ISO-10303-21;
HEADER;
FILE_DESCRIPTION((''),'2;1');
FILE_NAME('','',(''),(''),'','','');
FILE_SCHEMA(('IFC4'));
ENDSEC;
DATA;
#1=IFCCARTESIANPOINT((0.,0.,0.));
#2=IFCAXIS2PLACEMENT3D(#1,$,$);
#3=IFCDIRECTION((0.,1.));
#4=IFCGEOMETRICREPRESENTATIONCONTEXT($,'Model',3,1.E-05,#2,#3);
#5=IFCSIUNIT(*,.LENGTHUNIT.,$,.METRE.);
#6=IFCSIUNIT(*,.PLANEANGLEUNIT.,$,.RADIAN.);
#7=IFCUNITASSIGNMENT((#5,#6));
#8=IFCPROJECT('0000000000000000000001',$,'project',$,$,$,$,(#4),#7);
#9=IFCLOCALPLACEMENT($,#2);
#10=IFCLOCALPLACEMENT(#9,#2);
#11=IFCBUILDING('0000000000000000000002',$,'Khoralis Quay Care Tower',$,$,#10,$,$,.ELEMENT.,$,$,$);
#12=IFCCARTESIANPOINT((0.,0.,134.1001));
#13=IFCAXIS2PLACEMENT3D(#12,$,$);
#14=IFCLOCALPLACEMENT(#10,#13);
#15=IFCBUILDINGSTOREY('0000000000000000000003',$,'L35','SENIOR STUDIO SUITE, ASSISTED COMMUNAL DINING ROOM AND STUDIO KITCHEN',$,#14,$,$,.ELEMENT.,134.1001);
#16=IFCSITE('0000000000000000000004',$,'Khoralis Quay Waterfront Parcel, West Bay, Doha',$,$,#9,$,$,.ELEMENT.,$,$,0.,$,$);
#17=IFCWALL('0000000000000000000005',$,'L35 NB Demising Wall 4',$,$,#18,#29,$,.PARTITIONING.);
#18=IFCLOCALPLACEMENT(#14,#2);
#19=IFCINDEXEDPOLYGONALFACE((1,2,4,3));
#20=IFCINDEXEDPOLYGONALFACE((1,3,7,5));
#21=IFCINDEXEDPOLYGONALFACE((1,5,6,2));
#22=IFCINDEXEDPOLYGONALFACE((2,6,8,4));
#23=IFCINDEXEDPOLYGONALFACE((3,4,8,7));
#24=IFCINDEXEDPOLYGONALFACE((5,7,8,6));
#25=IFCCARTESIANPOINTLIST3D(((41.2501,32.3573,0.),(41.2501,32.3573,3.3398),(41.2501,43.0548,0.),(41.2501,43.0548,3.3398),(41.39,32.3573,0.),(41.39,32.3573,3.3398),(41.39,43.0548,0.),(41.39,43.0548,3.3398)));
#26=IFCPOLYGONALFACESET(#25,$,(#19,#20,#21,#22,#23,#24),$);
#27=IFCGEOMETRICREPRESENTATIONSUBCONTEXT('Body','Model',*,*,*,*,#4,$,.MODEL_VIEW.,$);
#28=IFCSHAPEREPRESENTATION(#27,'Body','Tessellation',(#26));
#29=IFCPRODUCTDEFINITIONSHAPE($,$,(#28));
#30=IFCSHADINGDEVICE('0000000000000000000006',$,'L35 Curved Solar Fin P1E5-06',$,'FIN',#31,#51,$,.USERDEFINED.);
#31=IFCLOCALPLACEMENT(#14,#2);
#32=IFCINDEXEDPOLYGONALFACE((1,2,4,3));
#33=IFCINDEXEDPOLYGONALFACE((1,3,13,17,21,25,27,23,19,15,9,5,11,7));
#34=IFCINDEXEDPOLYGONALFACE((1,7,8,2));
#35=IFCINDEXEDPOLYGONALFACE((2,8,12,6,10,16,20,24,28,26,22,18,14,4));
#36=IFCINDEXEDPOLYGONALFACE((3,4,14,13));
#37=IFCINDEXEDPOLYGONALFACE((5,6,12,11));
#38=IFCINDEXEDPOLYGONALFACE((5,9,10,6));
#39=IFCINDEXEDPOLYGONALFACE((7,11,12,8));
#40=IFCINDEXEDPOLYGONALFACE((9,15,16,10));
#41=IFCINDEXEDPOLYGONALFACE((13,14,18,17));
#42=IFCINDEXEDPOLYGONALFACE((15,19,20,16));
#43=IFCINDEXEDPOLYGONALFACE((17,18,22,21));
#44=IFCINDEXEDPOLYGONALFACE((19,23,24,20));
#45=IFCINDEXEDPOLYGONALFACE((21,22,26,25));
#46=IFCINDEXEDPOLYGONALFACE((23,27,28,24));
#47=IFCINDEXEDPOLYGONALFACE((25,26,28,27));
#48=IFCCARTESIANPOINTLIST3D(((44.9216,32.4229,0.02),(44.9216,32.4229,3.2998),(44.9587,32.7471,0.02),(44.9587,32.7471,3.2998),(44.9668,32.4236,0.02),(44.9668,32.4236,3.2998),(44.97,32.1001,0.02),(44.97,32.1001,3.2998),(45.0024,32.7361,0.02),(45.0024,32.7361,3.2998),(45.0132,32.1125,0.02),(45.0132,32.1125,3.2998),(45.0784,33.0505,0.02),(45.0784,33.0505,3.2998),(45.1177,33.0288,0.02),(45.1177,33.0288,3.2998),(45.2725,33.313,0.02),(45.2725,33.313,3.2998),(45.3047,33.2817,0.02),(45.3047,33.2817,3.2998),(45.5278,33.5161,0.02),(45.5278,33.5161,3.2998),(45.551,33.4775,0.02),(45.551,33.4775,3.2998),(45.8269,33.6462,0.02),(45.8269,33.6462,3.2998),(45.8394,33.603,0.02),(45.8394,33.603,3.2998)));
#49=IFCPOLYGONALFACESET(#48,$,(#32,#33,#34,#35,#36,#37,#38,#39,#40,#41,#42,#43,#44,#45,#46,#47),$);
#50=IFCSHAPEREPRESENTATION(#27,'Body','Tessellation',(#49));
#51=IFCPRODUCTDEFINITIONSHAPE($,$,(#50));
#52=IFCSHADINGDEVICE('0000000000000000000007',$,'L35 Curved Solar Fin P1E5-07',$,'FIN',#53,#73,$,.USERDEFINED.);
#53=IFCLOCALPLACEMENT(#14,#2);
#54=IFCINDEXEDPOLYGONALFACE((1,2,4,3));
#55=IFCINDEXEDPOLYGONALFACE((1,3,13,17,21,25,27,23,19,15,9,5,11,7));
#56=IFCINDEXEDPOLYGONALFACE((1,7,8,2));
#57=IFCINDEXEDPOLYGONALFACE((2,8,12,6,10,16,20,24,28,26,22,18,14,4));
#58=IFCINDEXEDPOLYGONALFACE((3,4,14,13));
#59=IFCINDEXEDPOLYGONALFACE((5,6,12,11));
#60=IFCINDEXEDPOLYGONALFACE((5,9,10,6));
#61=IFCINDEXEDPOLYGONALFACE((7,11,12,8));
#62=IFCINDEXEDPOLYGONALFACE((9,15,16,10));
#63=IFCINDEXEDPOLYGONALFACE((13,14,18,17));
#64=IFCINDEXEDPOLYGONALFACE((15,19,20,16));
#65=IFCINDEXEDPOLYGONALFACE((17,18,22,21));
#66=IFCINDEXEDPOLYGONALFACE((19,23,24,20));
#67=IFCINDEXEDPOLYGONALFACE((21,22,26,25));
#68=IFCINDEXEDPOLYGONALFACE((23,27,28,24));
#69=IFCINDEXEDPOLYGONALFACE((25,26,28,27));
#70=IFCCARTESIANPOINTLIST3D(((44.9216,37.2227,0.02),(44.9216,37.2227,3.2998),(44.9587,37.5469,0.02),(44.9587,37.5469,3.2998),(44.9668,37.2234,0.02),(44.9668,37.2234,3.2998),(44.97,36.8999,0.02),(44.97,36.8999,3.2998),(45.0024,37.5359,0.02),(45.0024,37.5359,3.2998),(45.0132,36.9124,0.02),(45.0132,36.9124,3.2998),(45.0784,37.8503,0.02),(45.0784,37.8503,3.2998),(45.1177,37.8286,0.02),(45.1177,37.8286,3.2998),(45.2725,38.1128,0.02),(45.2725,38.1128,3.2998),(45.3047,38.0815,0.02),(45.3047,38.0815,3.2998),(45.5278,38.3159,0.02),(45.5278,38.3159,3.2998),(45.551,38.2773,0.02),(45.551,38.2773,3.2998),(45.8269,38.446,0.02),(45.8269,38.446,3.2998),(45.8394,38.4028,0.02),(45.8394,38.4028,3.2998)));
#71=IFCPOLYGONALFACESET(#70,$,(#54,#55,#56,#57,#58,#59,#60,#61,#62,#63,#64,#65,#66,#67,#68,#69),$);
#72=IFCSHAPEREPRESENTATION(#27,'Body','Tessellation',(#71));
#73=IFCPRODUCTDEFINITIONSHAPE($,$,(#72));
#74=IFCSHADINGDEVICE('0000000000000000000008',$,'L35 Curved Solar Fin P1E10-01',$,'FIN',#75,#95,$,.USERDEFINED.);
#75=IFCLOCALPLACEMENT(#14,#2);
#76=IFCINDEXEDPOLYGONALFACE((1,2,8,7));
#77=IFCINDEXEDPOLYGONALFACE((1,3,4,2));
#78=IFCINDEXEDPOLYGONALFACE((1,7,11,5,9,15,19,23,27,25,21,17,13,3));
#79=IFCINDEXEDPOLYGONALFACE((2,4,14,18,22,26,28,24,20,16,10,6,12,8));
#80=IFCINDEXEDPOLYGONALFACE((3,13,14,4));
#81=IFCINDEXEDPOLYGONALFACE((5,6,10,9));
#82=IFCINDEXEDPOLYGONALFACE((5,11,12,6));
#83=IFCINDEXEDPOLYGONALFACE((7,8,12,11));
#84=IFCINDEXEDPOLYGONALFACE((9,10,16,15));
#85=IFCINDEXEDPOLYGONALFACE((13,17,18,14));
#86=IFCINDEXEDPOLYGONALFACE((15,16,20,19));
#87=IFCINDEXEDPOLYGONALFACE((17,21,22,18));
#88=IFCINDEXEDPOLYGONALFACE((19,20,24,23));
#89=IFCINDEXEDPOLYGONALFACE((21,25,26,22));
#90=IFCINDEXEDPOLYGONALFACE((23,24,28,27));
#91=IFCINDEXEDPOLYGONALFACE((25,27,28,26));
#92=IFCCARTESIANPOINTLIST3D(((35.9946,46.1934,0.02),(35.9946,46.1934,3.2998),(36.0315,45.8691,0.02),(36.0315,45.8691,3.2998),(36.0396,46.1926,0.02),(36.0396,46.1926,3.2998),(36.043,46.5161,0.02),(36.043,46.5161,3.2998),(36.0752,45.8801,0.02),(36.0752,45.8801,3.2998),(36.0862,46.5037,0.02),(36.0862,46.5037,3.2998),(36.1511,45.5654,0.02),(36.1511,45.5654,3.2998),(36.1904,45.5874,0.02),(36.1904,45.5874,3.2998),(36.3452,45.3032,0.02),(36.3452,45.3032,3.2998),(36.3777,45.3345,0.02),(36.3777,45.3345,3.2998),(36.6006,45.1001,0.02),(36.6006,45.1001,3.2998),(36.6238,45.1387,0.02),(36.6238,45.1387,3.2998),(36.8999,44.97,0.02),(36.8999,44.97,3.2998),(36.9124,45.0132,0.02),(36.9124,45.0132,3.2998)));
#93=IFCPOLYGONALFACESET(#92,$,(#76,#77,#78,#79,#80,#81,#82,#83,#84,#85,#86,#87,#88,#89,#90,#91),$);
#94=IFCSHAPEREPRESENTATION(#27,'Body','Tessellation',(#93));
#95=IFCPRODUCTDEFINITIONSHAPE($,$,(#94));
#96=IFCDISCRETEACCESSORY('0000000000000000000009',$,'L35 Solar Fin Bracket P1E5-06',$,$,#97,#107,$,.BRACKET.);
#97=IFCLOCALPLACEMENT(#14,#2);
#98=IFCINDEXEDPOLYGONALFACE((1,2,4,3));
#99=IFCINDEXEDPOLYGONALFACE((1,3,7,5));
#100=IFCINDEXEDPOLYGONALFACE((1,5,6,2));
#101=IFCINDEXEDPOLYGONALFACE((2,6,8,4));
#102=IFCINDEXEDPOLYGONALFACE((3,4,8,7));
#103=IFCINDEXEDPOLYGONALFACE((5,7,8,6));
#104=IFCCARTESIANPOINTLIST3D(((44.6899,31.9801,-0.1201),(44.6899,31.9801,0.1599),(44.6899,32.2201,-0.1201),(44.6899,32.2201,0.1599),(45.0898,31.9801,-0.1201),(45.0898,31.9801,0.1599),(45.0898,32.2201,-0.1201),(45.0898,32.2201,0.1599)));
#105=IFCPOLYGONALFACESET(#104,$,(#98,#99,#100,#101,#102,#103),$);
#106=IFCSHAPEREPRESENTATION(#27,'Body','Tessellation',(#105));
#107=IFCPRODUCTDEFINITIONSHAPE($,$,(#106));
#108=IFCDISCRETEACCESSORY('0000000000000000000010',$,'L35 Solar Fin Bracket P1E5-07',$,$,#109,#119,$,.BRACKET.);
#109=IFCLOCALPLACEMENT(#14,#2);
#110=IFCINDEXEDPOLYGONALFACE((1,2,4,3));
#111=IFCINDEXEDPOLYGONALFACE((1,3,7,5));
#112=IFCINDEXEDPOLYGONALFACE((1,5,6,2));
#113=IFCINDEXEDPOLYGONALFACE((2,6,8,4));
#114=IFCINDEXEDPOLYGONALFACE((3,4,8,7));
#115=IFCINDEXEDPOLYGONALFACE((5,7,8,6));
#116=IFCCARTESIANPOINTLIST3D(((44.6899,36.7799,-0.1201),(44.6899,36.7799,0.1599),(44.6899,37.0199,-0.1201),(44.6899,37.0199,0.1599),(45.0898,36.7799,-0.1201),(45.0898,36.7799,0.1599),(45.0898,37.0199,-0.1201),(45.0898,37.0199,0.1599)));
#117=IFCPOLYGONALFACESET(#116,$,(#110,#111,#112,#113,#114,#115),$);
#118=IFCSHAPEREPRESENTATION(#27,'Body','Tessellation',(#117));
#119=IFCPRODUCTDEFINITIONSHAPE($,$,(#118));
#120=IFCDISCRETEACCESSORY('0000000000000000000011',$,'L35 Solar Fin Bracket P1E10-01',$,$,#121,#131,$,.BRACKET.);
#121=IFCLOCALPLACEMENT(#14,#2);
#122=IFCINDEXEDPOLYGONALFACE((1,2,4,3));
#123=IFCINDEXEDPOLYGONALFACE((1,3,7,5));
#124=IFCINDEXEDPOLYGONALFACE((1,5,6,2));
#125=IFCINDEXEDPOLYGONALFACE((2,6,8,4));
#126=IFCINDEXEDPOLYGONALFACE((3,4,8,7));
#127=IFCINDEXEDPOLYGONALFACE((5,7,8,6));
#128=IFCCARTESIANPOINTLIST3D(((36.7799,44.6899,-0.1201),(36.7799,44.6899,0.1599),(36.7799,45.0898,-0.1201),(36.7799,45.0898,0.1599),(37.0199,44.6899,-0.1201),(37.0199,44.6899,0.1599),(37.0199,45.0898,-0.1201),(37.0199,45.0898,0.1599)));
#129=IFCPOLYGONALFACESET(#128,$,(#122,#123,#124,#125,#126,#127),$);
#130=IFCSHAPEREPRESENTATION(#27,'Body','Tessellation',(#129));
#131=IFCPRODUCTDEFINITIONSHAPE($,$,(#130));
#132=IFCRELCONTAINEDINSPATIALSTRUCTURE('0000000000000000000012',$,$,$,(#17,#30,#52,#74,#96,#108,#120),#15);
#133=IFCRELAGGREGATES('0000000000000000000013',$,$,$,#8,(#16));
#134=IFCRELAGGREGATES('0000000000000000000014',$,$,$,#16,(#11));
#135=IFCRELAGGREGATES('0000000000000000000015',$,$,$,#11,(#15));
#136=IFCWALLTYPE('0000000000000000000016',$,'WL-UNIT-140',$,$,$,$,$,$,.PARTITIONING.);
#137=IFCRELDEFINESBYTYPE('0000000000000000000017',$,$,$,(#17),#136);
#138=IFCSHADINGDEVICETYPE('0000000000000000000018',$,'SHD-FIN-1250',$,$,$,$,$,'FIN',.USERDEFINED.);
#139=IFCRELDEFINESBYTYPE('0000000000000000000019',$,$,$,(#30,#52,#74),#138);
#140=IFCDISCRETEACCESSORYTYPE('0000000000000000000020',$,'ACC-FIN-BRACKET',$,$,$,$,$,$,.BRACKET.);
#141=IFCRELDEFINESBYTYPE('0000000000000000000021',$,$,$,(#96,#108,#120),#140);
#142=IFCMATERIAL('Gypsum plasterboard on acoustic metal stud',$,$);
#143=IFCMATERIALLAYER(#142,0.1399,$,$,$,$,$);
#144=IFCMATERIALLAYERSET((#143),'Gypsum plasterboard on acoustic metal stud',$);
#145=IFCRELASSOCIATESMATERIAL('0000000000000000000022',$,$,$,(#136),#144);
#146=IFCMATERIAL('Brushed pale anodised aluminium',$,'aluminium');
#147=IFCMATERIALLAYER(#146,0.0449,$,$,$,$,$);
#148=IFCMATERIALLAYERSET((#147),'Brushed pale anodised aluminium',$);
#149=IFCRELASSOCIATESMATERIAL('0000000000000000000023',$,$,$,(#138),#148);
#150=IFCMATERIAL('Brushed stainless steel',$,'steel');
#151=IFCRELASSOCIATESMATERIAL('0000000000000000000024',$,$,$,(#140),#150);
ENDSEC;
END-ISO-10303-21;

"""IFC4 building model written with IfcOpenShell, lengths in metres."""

from ifc_helpers import new_model, si_unit, direction, frame, frame_2d, origin, origin_2d, place, context, subcontext, project, spatial, polyline, rectangle, outline, extrude, source, transform, mapped, material, layer, layer_set, type_object, element, save


model = new_model("IFC4")

# Units and contexts
model_context = context("Model", 3, precision=1e-05, world=origin(), true_north=direction((0.0, 1.0)))
body_context = subcontext(model_context, "Body", "Model", "MODEL_VIEW")
ifc_project = project(units=[si_unit("LENGTHUNIT", "METRE"), si_unit("PLANEANGLEUNIT", "RADIAN")], contexts=[model_context])

# Site, building, storey
site_placement = place(None, origin())
site = spatial("IfcSite", under=ifc_project, at=site_placement, Name="Khoralis Quay Waterfront Parcel, West Bay, Doha", CompositionType="ELEMENT", RefElevation=0.0)
building_placement = place(site_placement, origin())
building = spatial("IfcBuilding", under=site, at=building_placement, Name="Khoralis Quay Care Tower", CompositionType="ELEMENT")
storey_placement = place(building_placement, frame((0.0, 0.0, 134.1001)))
storey = spatial("IfcBuildingStorey", under=building, at=storey_placement, Name="L35", Description="SENIOR STUDIO SUITE, ASSISTED COMMUNAL DINING ROOM AND STUDIO KITCHEN", CompositionType="ELEMENT", Elevation=134.1001)

# Wall
ifc_material_1 = material(Name="Gypsum plasterboard on acoustic metal stud")
ifc_layer_1 = layer(ifc_material_1, 0.1399)
ifc_layer_set_1 = layer_set([ifc_layer_1], Name="Gypsum plasterboard on acoustic metal stud")
wall_type_1 = type_object("IfcWallType", Name="WL-UNIT-140", PredefinedType="PARTITIONING", material=ifc_layer_set_1)
wall_1_placement = place(storey_placement, frame((41.3201, 32.3574, 0.0), z_axis=(0.0, 0.0, 1.0), x_axis=(0.0, 1.0, 0.0)))
element("IfcWall", 1, at=wall_1_placement, inside=storey, type_object=wall_type_1, Name="L35 NB Demising Wall 4", PredefinedType="PARTITIONING", context=body_context, shape_type="SweptSolid", body=[
    extrude(rectangle(XDim=10.6975, YDim=0.1399, at=frame_2d((5.3486, 0.0))), origin(), (0.0, 0.0, 1.0), 3.3398),
])

# Shading devices
ifc_material_2 = material(Name="Brushed pale anodised aluminium", Category="aluminium")
ifc_layer_2 = layer(ifc_material_2, 0.0449)
ifc_layer_set_2 = layer_set([ifc_layer_2], Name="Brushed pale anodised aluminium")
shading_device_type = type_object("IfcShadingDeviceType", Name="SHD-FIN-1250", ElementType="FIN", PredefinedType="USERDEFINED", material=ifc_layer_set_2)
shared_shape_1 = source(origin(), body_context, "Body", "SweptSolid", [
    extrude(outline(polyline([(0.0, 0.0), (-0.0483, 0.3228), (-0.0112, 0.647), (0.1084, 0.9504), (0.3025, 1.2129), (0.5579, 1.416), (0.8569, 1.5461), (0.8694, 1.5029), (0.5811, 1.3774), (0.3347, 1.1816), (0.1477, 0.9287), (0.0325, 0.636), (-0.0032, 0.3235), (0.0432, 0.0125), (0.0, 0.0)])), origin(), (0.0, 0.0, 1.0), 3.2798),
])
for number, where, z_axis, x_axis, name in (
    (2, (44.97, 32.1001, 0.02), (0.0, 0.0, 1.0), (1.0, 0.0, 0.0), "L35 Curved Solar Fin P1E5-06"),
    (3, (44.97, 36.8999, 0.02), (0.0, 0.0, 1.0), (1.0, 0.0, 0.0), "L35 Curved Solar Fin P1E5-07"),
):
    element("IfcShadingDevice", number, at=place(storey_placement, frame(where, z_axis=z_axis, x_axis=x_axis)), inside=storey, type_object=shading_device_type, Name=name, ObjectType="FIN", PredefinedType="USERDEFINED", context=body_context, shape_type="MappedRepresentation", body=[
        mapped(shared_shape_1, transform((0.0, 0.0, 0.0), scale=1.0)),
    ])
shared_shape_2 = source(origin(), body_context, "Body", "SweptSolid", [
    extrude(outline(polyline([(0.0, 0.0), (0.1301, 0.2993), (0.3333, 0.5547), (0.5955, 0.7488), (0.8992, 0.8684), (1.2234, 0.9053), (1.5461, 0.8569), (1.5337, 0.8137), (1.2227, 0.8604), (0.9102, 0.8247), (0.6174, 0.7095), (0.3645, 0.5222), (0.1687, 0.2761), (0.0432, -0.0125), (0.0, 0.0)])), origin(), (0.0, 0.0, 1.0), 3.2798),
])
shading_device_placement = place(storey_placement, frame((36.8999, 44.97, 0.02), z_axis=(0.0, 0.0, 1.0), x_axis=(0.0, 1.0, 0.0)))
element("IfcShadingDevice", 4, at=shading_device_placement, inside=storey, type_object=shading_device_type, Name="L35 Curved Solar Fin P1E10-01", ObjectType="FIN", PredefinedType="USERDEFINED", context=body_context, shape_type="MappedRepresentation", body=[
    mapped(shared_shape_2, transform((0.0, 0.0, 0.0), scale=1.0)),
])

# Discrete accessories
ifc_material_3 = material(Name="Brushed stainless steel", Category="steel")
discrete_accessory_type = type_object("IfcDiscreteAccessoryType", Name="ACC-FIN-BRACKET", PredefinedType="BRACKET", material=ifc_material_3)
shared_shape_3 = source(origin(), body_context, "Body", "SweptSolid", [
    extrude(rectangle(XDim=0.3999, YDim=0.24, at=origin_2d()), origin(), (0.0, 0.0, 1.0), 0.28),
])
for number, where, z_axis, x_axis, name in (
    (5, (44.8899, 32.1001, -0.1201), (0.0, 0.0, 1.0), (1.0, 0.0, 0.0), "L35 Solar Fin Bracket P1E5-06"),
    (6, (44.8899, 36.8999, -0.1201), (0.0, 0.0, 1.0), (1.0, 0.0, 0.0), "L35 Solar Fin Bracket P1E5-07"),
    (7, (36.8999, 44.8899, -0.1201), (0.0, 0.0, 1.0), (0.0, 1.0, 0.0), "L35 Solar Fin Bracket P1E10-01"),
):
    element("IfcDiscreteAccessory", number, at=place(storey_placement, frame(where, z_axis=z_axis, x_axis=x_axis)), inside=storey, type_object=discrete_accessory_type, Name=name, PredefinedType="BRACKET", context=body_context, shape_type="MappedRepresentation", body=[
        mapped(shared_shape_3, transform((0.0, 0.0, 0.0), scale=1.0)),
    ])

save(model, "model.ifc")
